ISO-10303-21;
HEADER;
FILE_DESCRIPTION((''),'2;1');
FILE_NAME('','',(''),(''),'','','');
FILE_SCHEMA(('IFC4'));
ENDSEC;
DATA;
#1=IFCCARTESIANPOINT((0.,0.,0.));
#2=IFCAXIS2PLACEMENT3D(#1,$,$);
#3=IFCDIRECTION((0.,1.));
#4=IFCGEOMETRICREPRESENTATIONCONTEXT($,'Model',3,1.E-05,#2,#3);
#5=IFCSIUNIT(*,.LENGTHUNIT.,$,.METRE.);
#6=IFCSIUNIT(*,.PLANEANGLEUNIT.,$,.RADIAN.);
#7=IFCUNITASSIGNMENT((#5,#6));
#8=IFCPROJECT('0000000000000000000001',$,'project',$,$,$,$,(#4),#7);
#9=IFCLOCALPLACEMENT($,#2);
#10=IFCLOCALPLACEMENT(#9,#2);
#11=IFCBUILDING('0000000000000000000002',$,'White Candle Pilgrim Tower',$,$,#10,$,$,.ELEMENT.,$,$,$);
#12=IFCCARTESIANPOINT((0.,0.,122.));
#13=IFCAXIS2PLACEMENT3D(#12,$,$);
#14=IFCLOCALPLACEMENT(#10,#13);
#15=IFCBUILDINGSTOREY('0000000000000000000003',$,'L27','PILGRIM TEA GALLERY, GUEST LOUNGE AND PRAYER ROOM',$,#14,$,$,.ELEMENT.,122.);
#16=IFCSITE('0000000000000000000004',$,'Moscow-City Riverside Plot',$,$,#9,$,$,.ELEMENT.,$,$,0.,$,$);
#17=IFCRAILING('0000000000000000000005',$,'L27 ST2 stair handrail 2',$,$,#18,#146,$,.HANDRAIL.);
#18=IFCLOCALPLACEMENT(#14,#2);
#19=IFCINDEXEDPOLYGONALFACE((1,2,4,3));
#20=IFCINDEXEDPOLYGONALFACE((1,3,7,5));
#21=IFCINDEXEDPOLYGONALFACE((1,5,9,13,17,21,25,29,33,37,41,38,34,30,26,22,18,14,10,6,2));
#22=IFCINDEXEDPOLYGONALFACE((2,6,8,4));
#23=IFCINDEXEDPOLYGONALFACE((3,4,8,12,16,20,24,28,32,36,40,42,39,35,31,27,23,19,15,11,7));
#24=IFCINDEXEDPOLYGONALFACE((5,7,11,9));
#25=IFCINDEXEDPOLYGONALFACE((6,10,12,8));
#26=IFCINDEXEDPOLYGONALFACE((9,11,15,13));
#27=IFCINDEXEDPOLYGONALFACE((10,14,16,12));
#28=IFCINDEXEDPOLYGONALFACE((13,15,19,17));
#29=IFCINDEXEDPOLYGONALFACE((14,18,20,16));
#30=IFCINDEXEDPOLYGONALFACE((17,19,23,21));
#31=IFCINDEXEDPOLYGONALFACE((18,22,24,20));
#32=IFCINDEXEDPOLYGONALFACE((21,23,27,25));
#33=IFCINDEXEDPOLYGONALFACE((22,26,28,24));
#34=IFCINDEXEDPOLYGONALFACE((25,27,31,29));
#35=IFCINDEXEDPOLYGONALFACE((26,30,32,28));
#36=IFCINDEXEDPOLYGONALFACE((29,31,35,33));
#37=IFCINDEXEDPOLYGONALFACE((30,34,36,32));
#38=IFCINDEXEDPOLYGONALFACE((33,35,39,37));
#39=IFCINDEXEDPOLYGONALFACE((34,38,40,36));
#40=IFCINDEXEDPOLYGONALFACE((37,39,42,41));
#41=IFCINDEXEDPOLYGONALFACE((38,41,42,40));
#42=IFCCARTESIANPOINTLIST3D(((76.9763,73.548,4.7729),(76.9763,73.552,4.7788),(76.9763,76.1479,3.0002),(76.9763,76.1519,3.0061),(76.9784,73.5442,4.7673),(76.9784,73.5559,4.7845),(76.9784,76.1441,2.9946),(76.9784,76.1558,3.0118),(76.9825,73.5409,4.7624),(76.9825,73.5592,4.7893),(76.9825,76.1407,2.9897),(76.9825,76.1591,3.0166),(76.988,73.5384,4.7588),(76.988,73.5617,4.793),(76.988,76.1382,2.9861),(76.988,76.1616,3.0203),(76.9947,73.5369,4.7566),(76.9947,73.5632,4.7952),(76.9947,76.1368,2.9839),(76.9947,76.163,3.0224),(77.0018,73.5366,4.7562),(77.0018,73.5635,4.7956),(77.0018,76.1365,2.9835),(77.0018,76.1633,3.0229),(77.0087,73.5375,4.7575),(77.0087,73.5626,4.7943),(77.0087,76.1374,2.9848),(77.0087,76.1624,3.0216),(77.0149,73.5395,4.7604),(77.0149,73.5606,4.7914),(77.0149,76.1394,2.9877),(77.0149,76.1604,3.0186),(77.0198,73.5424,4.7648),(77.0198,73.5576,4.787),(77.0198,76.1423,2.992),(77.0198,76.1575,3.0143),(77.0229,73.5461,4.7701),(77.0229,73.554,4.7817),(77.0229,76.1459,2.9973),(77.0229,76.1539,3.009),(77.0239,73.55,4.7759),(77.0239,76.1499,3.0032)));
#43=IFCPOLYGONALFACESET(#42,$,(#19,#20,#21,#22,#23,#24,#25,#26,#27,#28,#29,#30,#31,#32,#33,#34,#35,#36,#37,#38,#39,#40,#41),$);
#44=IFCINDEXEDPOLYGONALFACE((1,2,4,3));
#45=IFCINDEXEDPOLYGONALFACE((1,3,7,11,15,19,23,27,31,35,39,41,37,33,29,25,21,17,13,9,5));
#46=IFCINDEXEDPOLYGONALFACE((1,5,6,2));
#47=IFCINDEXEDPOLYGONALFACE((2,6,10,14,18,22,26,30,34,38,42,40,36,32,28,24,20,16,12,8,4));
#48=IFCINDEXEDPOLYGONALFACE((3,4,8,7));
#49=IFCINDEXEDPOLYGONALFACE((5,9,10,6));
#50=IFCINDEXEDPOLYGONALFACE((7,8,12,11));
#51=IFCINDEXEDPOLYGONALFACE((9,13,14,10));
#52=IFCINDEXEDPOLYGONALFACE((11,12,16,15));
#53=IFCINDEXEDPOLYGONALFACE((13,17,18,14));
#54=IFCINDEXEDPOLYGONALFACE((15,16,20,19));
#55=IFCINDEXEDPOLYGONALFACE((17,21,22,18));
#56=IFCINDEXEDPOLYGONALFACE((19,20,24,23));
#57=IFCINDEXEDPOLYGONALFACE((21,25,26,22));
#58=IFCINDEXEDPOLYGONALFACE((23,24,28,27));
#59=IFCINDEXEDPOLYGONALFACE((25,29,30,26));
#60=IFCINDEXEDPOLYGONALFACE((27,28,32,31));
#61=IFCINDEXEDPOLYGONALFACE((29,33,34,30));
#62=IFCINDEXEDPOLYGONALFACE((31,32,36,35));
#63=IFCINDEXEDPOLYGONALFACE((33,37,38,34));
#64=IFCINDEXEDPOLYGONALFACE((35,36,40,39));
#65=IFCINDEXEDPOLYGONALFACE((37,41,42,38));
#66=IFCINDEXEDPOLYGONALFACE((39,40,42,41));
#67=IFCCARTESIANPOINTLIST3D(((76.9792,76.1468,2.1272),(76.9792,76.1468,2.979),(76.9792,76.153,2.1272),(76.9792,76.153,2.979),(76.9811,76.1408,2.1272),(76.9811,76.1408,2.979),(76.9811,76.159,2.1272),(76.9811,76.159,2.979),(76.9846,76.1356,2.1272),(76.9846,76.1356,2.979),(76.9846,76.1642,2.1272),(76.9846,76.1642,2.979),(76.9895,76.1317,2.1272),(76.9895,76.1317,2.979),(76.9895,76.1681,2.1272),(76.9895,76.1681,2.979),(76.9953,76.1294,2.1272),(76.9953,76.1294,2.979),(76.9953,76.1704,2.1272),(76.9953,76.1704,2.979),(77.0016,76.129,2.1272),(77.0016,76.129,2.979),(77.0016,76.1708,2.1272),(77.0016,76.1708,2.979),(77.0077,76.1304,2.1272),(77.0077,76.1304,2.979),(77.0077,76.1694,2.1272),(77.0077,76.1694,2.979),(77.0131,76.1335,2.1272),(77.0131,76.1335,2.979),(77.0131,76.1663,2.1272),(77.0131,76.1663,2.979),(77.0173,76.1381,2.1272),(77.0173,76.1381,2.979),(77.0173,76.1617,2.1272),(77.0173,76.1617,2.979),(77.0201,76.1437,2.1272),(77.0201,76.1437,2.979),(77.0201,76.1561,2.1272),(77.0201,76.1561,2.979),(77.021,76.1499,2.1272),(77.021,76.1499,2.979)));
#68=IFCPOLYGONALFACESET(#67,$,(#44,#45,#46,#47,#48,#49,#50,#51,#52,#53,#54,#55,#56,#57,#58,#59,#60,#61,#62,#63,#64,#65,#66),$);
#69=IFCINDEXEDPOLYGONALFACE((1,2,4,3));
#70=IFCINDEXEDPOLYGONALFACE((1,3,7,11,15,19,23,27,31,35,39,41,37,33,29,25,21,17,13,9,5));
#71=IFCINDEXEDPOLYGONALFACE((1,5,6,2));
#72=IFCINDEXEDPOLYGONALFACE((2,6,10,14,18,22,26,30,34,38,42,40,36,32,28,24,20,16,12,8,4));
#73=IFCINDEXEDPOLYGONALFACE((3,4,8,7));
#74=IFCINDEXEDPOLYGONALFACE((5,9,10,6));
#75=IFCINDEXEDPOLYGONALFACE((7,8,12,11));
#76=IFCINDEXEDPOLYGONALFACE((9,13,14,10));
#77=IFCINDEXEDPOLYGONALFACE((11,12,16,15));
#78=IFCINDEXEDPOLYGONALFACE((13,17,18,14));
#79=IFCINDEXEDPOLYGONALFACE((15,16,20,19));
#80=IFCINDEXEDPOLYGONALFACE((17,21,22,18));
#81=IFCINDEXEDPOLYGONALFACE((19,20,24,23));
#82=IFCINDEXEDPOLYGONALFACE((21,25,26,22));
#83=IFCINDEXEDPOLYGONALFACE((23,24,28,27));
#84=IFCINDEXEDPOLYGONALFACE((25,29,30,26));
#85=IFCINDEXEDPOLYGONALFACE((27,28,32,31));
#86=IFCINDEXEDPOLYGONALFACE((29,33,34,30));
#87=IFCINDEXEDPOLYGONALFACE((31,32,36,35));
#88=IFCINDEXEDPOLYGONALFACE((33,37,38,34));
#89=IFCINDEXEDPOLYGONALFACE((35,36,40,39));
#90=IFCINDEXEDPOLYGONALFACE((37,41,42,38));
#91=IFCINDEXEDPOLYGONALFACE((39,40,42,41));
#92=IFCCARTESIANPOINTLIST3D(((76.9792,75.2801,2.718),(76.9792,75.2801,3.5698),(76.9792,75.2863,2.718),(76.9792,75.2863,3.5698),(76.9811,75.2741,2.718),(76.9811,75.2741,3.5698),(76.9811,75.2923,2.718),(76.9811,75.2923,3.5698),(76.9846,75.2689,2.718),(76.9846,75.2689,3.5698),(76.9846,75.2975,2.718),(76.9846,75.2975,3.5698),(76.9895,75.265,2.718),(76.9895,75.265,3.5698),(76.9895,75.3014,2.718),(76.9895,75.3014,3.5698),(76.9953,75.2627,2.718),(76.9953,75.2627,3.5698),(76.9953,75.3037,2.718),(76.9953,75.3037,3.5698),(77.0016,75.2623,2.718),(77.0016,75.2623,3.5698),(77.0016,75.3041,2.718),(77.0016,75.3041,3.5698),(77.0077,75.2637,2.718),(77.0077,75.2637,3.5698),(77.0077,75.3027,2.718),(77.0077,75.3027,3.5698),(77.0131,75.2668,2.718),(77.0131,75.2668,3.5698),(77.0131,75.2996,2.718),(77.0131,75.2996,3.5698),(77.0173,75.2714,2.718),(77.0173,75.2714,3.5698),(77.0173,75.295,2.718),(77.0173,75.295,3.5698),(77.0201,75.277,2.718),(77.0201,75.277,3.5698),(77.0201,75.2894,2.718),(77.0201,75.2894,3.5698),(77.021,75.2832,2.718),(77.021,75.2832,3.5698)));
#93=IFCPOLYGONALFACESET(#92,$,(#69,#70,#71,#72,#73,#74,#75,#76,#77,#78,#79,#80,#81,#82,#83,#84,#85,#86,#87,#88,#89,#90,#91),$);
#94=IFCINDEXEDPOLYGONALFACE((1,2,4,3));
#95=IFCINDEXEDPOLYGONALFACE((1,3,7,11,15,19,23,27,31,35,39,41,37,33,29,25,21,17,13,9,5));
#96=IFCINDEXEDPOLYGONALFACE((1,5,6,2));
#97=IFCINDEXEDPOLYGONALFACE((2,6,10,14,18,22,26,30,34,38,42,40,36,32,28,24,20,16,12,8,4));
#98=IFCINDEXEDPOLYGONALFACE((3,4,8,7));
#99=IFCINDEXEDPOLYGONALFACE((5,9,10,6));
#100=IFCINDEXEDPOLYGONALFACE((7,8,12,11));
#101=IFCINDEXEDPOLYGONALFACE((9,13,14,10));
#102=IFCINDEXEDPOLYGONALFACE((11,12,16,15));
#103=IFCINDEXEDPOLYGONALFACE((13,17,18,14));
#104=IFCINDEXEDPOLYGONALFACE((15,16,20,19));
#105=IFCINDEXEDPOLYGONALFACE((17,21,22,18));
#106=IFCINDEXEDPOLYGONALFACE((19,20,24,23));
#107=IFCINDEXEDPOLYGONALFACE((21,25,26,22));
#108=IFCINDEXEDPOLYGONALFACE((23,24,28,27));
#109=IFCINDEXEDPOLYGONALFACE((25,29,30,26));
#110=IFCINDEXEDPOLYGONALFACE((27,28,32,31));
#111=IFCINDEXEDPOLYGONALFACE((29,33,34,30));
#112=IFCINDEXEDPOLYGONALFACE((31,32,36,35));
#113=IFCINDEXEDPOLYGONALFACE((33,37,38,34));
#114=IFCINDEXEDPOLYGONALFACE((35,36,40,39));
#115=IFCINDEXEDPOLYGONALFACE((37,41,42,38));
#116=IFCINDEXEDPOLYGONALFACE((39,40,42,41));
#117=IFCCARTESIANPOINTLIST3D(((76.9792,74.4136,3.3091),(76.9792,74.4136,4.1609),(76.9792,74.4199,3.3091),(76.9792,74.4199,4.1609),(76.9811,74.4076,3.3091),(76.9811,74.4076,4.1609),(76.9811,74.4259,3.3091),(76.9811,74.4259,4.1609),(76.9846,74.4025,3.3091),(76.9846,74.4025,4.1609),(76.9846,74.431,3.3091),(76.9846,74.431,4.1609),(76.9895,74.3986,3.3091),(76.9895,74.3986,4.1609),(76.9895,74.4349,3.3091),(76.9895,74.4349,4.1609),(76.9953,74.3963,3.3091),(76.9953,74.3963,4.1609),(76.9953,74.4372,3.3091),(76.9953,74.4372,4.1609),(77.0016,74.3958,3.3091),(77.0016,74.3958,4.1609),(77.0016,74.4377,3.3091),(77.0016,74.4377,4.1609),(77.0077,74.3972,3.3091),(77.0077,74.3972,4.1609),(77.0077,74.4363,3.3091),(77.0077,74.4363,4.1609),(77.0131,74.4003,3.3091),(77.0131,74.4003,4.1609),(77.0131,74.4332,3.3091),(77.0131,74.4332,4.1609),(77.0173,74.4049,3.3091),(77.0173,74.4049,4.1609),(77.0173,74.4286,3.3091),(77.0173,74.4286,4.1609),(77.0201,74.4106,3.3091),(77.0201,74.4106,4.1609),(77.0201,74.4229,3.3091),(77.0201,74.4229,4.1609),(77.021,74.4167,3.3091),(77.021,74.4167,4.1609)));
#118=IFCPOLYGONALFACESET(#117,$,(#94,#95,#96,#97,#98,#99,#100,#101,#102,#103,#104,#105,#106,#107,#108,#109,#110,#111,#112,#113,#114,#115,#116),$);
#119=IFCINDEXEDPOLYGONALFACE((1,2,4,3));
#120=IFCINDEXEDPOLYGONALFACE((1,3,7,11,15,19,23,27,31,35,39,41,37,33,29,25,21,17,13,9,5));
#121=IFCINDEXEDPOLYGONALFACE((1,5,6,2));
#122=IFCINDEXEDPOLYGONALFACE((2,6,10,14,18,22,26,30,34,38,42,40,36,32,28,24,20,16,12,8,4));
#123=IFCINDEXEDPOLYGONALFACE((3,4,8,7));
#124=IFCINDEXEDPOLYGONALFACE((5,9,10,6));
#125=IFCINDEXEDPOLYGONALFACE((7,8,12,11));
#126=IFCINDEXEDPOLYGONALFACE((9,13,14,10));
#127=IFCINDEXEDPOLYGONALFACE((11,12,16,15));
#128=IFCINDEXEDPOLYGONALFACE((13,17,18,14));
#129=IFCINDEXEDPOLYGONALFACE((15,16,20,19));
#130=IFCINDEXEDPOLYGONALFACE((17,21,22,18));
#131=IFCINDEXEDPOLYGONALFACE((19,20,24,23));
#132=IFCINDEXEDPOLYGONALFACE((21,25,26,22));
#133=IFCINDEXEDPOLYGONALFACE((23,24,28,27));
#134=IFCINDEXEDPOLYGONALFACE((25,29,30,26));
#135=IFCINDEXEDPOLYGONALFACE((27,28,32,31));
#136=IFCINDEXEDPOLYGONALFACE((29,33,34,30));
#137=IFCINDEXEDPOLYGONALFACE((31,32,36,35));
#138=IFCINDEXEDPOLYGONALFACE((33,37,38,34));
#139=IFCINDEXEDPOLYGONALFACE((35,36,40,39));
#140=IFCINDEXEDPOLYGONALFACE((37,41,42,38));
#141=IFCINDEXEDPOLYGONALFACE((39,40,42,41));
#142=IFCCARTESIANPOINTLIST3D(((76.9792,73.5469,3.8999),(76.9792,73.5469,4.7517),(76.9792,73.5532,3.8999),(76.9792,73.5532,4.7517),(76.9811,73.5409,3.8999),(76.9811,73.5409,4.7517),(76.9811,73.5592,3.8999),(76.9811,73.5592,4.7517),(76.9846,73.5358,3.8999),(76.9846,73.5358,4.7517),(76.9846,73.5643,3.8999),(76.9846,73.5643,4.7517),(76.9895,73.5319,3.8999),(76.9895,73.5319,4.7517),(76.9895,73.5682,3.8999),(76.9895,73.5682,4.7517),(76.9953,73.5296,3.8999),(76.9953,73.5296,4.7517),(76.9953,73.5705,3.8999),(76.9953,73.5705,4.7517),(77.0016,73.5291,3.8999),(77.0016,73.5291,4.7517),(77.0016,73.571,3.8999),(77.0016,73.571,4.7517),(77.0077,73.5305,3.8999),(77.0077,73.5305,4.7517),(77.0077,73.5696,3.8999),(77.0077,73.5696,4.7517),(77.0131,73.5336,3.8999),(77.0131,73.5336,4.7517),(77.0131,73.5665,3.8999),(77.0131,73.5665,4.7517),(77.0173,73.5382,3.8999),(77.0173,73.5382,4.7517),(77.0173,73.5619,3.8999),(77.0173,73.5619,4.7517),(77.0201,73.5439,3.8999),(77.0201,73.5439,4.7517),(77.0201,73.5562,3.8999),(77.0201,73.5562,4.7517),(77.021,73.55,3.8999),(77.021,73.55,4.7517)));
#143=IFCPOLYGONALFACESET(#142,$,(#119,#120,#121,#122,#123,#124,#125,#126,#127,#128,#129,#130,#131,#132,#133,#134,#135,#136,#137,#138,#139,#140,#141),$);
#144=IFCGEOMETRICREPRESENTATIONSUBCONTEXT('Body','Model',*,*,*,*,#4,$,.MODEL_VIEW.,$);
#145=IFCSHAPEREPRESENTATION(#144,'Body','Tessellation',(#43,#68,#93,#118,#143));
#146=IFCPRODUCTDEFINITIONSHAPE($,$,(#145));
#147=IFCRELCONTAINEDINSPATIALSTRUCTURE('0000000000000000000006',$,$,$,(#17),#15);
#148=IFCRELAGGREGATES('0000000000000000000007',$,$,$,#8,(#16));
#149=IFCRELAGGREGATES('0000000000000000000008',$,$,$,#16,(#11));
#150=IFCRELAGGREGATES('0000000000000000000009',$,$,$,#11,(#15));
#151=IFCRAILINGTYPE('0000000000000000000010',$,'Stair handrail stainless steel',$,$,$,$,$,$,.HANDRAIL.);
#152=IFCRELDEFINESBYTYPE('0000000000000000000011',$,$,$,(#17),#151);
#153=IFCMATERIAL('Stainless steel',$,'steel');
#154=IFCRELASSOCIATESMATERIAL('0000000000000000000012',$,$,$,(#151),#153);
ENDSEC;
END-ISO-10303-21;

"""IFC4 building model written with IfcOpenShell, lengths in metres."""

from ifc_helpers import new_model, si_unit, direction, frame, origin, origin_2d, place, context, subcontext, project, spatial, circle, extrude, material, type_object, element, save


model = new_model("IFC4")

# Units and contexts
model_context = context("Model", 3, precision=1e-05, world=origin(), true_north=direction((0.0, 1.0)))
body_context = subcontext(model_context, "Body", "Model", "MODEL_VIEW")
ifc_project = project(units=[si_unit("LENGTHUNIT", "METRE"), si_unit("PLANEANGLEUNIT", "RADIAN")], contexts=[model_context])

# Site, building, storey
site_placement = place(None, origin())
site = spatial("IfcSite", under=ifc_project, at=site_placement, Name="Moscow-City Riverside Plot", CompositionType="ELEMENT", RefElevation=0.0)
building_placement = place(site_placement, origin())
building = spatial("IfcBuilding", under=site, at=building_placement, Name="White Candle Pilgrim Tower", CompositionType="ELEMENT")
storey_placement = place(building_placement, frame((0.0, 0.0, 122.0)))
storey = spatial("IfcBuildingStorey", under=building, at=storey_placement, Name="L27", Description="PILGRIM TEA GALLERY, GUEST LOUNGE AND PRAYER ROOM", CompositionType="ELEMENT", Elevation=122.0)

# Railing
ifc_material_1 = material(Name="Stainless steel", Category="steel")
railing_type_1 = type_object("IfcRailingType", Name="Stair handrail stainless steel", PredefinedType="HANDRAIL", material=ifc_material_1)
railing_1_placement = place(storey_placement, frame((77.0, 76.1499, 2.1272)))
element("IfcRailing", 1, at=railing_1_placement, inside=storey, type_object=railing_type_1, Name="L27 ST2 stair handrail 2", PredefinedType="HANDRAIL", context=body_context, shape_type="SweptSolid", body=[
    extrude(circle(Radius=0.0239, at=origin_2d()), frame((0.0, 0.0, 0.876), z_axis=(0.0, -0.826216, 0.563354), x_axis=(1.0, 0.0, 0.0)), (0.0, 0.0, 1.0), 3.1467),
    extrude(circle(Radius=0.021, at=origin_2d()), origin(), (0.0, 0.0, 1.0), 0.8518),
    extrude(circle(Radius=0.021, at=origin_2d()), frame((0.0, -0.8667, 0.5908)), (0.0, 0.0, 1.0), 0.8518),
    extrude(circle(Radius=0.021, at=origin_2d()), frame((0.0, -1.7332, 1.1819)), (0.0, 0.0, 1.0), 0.8518),
    extrude(circle(Radius=0.021, at=origin_2d()), frame((0.0, -2.5999, 1.7727)), (0.0, 0.0, 1.0), 0.8518),
])

save(model, "model.ifc")
